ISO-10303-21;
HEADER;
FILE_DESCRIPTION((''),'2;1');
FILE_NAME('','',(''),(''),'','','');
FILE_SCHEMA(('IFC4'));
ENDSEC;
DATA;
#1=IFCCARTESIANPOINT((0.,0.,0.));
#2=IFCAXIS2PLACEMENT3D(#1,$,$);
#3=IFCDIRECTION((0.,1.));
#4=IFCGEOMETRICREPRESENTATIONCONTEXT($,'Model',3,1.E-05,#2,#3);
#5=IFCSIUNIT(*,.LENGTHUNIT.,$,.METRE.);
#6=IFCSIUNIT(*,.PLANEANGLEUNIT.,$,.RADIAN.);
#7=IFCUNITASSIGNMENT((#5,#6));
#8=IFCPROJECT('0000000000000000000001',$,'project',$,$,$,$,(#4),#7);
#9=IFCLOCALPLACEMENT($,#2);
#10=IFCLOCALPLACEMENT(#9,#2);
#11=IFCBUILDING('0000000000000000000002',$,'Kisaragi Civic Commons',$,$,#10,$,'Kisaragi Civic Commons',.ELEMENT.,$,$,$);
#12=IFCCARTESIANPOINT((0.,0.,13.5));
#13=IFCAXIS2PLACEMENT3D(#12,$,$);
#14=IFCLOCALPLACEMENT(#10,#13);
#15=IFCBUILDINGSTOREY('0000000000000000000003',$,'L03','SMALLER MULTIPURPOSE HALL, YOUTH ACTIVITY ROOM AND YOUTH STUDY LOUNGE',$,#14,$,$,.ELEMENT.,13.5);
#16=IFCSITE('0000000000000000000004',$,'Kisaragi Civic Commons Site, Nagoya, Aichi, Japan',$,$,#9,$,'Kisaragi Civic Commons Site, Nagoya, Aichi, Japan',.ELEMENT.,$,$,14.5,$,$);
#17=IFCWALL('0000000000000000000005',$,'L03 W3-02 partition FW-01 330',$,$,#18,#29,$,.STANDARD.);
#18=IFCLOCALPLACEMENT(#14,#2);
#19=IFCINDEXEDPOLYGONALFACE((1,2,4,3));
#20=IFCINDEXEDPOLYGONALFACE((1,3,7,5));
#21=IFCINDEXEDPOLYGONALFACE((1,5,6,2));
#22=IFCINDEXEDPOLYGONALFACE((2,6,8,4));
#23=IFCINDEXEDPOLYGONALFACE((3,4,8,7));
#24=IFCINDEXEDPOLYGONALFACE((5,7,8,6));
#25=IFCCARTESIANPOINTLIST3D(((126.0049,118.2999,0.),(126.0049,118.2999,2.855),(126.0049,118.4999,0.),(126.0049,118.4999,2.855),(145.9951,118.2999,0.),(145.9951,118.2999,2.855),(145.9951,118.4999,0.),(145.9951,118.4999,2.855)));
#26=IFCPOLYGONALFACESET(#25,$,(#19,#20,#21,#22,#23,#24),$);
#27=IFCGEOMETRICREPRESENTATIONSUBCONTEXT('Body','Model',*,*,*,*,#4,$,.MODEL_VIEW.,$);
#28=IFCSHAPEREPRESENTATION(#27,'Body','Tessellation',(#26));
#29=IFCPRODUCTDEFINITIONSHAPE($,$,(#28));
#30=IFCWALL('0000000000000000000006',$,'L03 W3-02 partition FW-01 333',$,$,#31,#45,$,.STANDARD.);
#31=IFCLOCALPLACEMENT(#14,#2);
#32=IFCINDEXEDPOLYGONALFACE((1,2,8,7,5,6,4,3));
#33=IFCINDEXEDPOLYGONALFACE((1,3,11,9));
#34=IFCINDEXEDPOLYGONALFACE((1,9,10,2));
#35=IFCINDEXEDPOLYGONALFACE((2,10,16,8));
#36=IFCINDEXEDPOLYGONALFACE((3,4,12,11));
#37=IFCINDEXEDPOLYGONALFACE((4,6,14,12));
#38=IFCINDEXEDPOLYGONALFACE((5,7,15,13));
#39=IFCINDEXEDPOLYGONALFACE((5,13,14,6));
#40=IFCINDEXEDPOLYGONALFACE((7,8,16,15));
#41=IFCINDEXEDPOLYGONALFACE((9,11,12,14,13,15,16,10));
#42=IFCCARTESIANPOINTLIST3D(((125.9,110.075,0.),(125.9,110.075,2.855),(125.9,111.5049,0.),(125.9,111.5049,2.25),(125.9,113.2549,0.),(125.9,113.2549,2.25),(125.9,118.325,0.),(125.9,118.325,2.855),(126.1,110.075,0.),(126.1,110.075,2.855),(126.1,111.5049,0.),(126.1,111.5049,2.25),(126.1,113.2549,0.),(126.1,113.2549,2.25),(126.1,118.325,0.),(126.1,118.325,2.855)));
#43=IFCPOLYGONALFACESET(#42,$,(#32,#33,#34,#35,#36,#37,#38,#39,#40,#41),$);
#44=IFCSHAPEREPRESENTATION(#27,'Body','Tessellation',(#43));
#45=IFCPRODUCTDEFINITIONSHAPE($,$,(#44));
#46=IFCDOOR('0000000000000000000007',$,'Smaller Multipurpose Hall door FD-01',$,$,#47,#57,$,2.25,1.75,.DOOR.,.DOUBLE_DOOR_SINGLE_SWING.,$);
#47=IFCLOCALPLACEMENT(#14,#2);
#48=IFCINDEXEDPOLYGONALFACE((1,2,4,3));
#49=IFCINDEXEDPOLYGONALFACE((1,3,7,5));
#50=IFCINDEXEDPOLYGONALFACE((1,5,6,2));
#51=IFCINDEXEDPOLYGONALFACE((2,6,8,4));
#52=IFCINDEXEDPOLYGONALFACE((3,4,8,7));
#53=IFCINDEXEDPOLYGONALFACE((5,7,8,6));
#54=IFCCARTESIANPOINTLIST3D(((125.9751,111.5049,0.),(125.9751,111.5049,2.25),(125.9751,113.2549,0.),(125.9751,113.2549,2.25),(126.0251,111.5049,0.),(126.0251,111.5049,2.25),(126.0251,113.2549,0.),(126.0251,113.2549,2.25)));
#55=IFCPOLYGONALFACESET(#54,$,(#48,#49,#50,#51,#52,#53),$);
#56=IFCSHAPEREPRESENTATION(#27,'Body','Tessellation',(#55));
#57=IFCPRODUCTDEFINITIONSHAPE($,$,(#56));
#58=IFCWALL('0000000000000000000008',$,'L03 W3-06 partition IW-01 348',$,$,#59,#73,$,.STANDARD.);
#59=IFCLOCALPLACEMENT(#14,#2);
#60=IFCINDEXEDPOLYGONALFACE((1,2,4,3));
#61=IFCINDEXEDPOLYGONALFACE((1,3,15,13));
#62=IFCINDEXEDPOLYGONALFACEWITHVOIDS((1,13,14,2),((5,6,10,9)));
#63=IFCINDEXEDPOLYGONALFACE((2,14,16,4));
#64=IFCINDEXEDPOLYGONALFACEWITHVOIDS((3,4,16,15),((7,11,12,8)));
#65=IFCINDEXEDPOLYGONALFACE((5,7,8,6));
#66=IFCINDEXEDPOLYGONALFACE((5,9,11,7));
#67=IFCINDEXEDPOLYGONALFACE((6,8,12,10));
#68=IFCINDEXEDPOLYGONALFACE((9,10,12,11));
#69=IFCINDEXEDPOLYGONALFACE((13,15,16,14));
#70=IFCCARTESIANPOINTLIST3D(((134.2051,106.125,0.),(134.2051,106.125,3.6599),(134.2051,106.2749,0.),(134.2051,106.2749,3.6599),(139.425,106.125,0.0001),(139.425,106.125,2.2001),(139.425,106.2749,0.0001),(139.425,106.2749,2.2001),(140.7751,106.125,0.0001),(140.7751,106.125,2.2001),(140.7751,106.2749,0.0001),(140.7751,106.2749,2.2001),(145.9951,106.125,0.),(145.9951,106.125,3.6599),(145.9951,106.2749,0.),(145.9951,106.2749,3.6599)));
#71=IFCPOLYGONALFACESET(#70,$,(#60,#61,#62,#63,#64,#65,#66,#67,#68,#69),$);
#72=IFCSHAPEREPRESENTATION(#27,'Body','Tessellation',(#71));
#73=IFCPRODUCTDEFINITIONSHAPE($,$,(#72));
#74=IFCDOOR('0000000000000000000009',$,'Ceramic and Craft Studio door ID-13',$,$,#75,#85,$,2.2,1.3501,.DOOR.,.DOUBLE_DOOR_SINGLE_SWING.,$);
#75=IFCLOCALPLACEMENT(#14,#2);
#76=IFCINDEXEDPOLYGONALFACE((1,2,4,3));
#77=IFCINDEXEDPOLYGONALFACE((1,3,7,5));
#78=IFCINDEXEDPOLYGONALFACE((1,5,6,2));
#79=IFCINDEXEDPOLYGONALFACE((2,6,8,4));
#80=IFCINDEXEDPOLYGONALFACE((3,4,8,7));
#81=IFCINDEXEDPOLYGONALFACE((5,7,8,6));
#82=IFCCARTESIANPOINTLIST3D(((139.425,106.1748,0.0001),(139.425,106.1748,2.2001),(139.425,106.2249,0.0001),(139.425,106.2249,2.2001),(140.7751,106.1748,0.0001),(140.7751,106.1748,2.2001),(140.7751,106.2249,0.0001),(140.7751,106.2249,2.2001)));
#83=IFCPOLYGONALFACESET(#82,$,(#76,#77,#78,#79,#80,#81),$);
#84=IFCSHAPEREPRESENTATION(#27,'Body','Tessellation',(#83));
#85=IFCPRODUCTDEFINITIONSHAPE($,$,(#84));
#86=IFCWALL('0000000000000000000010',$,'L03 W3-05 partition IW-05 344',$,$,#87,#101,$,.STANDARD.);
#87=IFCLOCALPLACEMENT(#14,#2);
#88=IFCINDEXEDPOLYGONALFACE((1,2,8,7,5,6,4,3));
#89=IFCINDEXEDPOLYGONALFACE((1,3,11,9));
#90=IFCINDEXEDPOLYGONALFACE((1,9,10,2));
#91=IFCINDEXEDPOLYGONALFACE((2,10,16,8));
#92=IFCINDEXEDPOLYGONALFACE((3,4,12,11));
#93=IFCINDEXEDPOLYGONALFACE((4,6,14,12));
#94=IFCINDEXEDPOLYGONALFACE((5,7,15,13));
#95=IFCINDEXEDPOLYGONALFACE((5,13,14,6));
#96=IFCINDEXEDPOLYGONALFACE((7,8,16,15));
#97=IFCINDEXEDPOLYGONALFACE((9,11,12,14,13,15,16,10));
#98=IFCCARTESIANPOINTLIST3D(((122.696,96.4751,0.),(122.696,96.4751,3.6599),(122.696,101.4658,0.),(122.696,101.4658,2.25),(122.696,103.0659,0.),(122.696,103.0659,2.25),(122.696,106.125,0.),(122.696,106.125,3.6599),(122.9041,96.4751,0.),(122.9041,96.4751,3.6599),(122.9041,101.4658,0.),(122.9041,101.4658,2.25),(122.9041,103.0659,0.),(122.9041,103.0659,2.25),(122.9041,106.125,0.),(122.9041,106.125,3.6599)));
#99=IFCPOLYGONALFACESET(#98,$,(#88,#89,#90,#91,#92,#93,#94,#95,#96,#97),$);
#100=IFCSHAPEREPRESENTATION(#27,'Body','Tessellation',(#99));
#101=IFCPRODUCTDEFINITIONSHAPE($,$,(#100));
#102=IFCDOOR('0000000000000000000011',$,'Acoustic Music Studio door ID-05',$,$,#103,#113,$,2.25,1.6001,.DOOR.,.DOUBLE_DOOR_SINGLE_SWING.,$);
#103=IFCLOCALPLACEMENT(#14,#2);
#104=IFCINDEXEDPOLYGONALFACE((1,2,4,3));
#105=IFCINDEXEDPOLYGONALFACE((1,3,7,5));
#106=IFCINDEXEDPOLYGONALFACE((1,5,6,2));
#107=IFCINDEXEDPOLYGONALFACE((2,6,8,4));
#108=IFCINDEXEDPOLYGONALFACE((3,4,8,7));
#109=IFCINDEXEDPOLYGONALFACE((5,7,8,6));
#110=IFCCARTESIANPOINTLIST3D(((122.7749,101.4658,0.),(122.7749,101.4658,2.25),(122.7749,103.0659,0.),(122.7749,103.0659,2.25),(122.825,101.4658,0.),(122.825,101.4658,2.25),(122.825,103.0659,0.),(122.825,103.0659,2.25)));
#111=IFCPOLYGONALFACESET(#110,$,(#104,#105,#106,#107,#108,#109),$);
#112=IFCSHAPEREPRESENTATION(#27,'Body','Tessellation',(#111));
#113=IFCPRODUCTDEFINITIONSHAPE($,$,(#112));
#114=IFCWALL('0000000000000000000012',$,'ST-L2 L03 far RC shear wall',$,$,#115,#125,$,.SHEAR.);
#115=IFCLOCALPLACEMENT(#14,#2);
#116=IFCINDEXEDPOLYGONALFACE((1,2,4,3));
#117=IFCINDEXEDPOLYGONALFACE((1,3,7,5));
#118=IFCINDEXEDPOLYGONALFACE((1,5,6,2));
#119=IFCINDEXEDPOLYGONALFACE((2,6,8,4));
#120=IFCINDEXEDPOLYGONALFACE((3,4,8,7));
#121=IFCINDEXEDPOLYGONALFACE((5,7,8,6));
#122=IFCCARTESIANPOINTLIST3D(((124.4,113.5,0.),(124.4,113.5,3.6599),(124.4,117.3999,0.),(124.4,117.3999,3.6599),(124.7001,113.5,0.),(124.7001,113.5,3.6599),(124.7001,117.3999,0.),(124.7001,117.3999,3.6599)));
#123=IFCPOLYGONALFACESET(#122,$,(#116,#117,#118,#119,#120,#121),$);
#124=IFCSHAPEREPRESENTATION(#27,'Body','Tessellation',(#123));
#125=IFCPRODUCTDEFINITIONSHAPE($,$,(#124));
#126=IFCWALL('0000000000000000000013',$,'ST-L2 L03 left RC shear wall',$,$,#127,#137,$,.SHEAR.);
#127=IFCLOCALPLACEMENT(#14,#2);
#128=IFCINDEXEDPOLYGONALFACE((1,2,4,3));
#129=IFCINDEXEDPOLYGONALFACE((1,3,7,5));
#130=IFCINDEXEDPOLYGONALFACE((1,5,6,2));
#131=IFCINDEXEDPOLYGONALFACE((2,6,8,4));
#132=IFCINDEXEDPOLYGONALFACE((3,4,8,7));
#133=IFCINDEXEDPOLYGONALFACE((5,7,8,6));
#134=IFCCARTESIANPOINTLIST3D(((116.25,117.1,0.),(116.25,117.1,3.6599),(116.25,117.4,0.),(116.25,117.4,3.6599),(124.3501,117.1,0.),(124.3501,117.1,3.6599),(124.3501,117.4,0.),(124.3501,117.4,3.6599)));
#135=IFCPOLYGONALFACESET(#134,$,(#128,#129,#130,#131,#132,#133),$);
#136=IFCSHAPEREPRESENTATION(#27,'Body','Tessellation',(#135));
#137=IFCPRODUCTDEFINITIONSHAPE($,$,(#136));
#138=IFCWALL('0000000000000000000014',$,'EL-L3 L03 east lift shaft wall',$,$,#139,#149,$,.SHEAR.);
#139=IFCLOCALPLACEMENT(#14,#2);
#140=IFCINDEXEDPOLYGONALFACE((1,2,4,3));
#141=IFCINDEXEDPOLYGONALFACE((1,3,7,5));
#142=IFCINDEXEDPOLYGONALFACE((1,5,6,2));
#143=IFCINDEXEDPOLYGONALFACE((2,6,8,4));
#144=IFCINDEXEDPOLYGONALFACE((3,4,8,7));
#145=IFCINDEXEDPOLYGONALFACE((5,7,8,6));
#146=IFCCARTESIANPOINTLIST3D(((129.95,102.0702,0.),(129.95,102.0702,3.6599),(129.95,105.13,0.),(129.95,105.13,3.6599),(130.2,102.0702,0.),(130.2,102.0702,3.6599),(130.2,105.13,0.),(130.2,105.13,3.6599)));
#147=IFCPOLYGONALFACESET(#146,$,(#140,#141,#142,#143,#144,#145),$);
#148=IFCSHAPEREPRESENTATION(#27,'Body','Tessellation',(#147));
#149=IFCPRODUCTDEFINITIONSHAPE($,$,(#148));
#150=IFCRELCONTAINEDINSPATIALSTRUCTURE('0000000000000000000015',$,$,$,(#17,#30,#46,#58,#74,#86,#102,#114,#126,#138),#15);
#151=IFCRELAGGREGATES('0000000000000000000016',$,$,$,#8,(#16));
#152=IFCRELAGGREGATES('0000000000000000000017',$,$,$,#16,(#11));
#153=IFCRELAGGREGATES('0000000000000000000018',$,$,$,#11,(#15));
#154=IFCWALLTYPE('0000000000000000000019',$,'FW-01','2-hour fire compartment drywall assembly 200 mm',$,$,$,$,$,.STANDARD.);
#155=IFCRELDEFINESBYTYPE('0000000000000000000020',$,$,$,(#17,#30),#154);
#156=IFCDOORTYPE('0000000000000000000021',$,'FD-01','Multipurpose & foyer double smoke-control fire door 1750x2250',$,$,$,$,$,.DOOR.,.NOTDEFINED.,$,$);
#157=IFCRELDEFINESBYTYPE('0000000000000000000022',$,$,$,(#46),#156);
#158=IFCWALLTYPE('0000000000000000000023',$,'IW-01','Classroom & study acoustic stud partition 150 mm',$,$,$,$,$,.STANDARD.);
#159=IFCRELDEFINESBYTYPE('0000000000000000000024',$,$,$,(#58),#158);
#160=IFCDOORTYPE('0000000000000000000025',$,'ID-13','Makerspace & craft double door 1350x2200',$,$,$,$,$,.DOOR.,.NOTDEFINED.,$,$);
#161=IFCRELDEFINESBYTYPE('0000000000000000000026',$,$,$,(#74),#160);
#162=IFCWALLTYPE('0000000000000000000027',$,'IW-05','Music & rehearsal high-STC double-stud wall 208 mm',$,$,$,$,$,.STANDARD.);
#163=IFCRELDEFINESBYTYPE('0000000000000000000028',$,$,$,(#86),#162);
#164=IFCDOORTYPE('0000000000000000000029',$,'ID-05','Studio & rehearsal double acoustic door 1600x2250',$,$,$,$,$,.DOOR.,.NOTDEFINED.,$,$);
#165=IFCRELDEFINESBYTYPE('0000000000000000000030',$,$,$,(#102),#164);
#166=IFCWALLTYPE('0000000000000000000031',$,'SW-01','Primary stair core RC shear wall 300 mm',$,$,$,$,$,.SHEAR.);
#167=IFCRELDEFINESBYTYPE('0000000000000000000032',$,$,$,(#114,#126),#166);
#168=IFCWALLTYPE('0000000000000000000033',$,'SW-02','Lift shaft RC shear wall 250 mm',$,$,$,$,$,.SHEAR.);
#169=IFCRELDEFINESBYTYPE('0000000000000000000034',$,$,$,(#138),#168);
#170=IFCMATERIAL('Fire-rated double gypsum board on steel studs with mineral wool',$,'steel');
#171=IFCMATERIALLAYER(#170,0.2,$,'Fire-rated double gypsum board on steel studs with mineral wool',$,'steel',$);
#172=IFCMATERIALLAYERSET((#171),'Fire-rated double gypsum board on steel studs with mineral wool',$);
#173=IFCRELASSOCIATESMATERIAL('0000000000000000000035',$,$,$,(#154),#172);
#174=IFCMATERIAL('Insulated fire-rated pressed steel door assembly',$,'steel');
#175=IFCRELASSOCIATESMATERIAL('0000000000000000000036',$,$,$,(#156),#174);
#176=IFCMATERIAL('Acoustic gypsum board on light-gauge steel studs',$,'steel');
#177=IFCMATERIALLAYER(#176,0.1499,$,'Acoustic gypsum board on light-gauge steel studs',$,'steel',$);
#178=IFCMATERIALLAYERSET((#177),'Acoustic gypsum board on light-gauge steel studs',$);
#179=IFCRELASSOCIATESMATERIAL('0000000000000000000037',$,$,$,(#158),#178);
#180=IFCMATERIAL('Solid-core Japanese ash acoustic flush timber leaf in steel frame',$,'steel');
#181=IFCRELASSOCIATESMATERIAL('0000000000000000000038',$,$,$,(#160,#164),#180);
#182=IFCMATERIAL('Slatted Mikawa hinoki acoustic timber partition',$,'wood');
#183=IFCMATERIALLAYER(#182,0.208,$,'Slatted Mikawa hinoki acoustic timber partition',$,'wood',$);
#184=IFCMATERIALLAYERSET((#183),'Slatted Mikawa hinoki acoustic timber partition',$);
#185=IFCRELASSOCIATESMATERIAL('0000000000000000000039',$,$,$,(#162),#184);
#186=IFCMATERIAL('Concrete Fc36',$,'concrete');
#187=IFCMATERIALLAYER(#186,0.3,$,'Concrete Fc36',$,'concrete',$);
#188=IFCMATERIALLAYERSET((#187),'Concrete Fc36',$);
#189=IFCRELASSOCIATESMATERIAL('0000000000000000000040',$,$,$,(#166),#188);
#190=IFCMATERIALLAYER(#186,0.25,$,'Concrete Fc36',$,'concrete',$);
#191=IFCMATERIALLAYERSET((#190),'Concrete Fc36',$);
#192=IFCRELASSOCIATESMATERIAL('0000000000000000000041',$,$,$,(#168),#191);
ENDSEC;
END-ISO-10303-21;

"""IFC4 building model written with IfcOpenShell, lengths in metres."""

from ifc_helpers import new_model, si_unit, direction, frame, frame_2d, origin, place, context, subcontext, project, spatial, rectangle, extrude, material, layer, layer_set, type_object, element, fill, save


model = new_model("IFC4")

# Units and contexts
model_context = context("Model", 3, precision=1e-05, world=origin(), true_north=direction((0.0, 1.0)))
body_context = subcontext(model_context, "Body", "Model", "MODEL_VIEW")
ifc_project = project(units=[si_unit("LENGTHUNIT", "METRE"), si_unit("PLANEANGLEUNIT", "RADIAN")], contexts=[model_context])

# Site, building, storey
site_placement = place(None, origin())
site = spatial("IfcSite", under=ifc_project, at=site_placement, Name="Kisaragi Civic Commons Site, Nagoya, Aichi, Japan", LongName="Kisaragi Civic Commons Site, Nagoya, Aichi, Japan", CompositionType="ELEMENT", RefElevation=14.5)
building_placement = place(site_placement, origin())
building = spatial("IfcBuilding", under=site, at=building_placement, Name="Kisaragi Civic Commons", LongName="Kisaragi Civic Commons", CompositionType="ELEMENT")
storey_placement = place(building_placement, frame((0.0, 0.0, 13.5)))
storey = spatial("IfcBuildingStorey", under=building, at=storey_placement, Name="L03", Description="SMALLER MULTIPURPOSE HALL, YOUTH ACTIVITY ROOM AND YOUTH STUDY LOUNGE", CompositionType="ELEMENT", Elevation=13.5)

# Shared definitions
ifc_material_1 = material(Name="Concrete Fc36", Category="concrete")

# Wall
ifc_material_2 = material(Name="Fire-rated double gypsum board on steel studs with mineral wool", Category="steel")
ifc_layer_1 = layer(ifc_material_2, 0.2, Name="Fire-rated double gypsum board on steel studs with mineral wool", Category="steel")
ifc_layer_set_1 = layer_set([ifc_layer_1], Name="Fire-rated double gypsum board on steel studs with mineral wool")
wall_type_1 = type_object("IfcWallType", Name="FW-01", Description="2-hour fire compartment drywall assembly 200 mm", PredefinedType="STANDARD", material=ifc_layer_set_1)
wall_1_placement = place(storey_placement, frame((126.0049, 118.3999, 0.0), z_axis=(0.0, 0.0, 1.0), x_axis=(1.0, 0.0, 0.0)))
element("IfcWall", 1, at=wall_1_placement, inside=storey, type_object=wall_type_1, Name="L03 W3-02 partition FW-01 330", PredefinedType="STANDARD", context=body_context, shape_type="SweptSolid", body=[
    extrude(rectangle(XDim=19.9902, YDim=0.2, at=frame_2d((9.9951, 0.0))), origin(), (0.0, 0.0, 1.0), 2.855),
])

# Walls, openings, doors
wall_2_placement = place(storey_placement, frame((126.0, 110.075, 0.0), z_axis=(0.0, 0.0, 1.0), x_axis=(0.0, 1.0, 0.0)))
wall_2 = element("IfcWall", 2, at=wall_2_placement, inside=storey, type_object=wall_type_1, Name="L03 W3-02 partition FW-01 333", PredefinedType="STANDARD", context=body_context, shape_type="SweptSolid", body=[
    extrude(rectangle(XDim=8.25, YDim=0.2, at=frame_2d((4.125, 0.0))), origin(), (0.0, 0.0, 1.0), 2.855),
])
opening_1_placement = place(wall_2_placement, frame((1.4299, 0.0, 0.0)))
opening_1 = element("IfcOpeningElement", 3, at=opening_1_placement, cuts=wall_2, PredefinedType="OPENING", context=body_context, shape_type="SweptSolid", body=[
    extrude(rectangle(XDim=1.75, YDim=2.25, at=frame_2d((0.875, 1.125))), frame((0.0, 0.1099, 0.0), z_axis=(0.0, -1.0, 0.0), x_axis=(1.0, 0.0, 0.0)), (0.0, 0.0, 1.0), 0.22),
])
ifc_material_3 = material(Name="Insulated fire-rated pressed steel door assembly", Category="steel")
door_type_1 = type_object("IfcDoorType", Name="FD-01", Description="Multipurpose & foyer double smoke-control fire door 1750x2250", OperationType="NOTDEFINED", PredefinedType="DOOR", material=ifc_material_3)
door_1_placement = place(opening_1_placement, origin())
door_1 = element("IfcDoor", 4, at=door_1_placement, inside=storey, type_object=door_type_1, Name="Smaller Multipurpose Hall door FD-01", OperationType="DOUBLE_DOOR_SINGLE_SWING", OverallHeight=2.25, OverallWidth=1.75, PredefinedType="DOOR", context=body_context, shape_type="SweptSolid", body=[
    extrude(rectangle(XDim=1.75, YDim=2.25, at=frame_2d((0.875, 1.125))), frame((0.0, 0.0249, 0.0), z_axis=(0.0, -1.0, 0.0), x_axis=(1.0, 0.0, 0.0)), (0.0, 0.0, 1.0), 0.05),
])
fill(opening_1, door_1)
ifc_material_4 = material(Name="Acoustic gypsum board on light-gauge steel studs", Category="steel")
ifc_layer_2 = layer(ifc_material_4, 0.1499, Name="Acoustic gypsum board on light-gauge steel studs", Category="steel")
ifc_layer_set_2 = layer_set([ifc_layer_2], Name="Acoustic gypsum board on light-gauge steel studs")
wall_type_2 = type_object("IfcWallType", Name="IW-01", Description="Classroom & study acoustic stud partition 150 mm", PredefinedType="STANDARD", material=ifc_layer_set_2)
wall_3_placement = place(storey_placement, frame((134.2051, 106.2, 0.0), z_axis=(0.0, 0.0, 1.0), x_axis=(1.0, 0.0, 0.0)))
wall_3 = element("IfcWall", 5, at=wall_3_placement, inside=storey, type_object=wall_type_2, Name="L03 W3-06 partition IW-01 348", PredefinedType="STANDARD", context=body_context, shape_type="SweptSolid", body=[
    extrude(rectangle(XDim=11.79, YDim=0.1499, at=frame_2d((5.895, 0.0))), origin(), (0.0, 0.0, 1.0), 3.6599),
])
opening_2_placement = place(wall_3_placement, frame((5.22, 0.0, 0.0)))
opening_2 = element("IfcOpeningElement", 6, at=opening_2_placement, cuts=wall_3, PredefinedType="OPENING", context=body_context, shape_type="SweptSolid", body=[
    extrude(rectangle(XDim=1.3501, YDim=2.2, at=frame_2d((0.675, 1.1001))), frame((0.0, 0.085, 0.0), z_axis=(0.0, -1.0, 0.0), x_axis=(1.0, 0.0, 0.0)), (0.0, 0.0, 1.0), 0.1699),
])
ifc_material_5 = material(Name="Solid-core Japanese ash acoustic flush timber leaf in steel frame", Category="steel")
door_type_2 = type_object("IfcDoorType", Name="ID-13", Description="Makerspace & craft double door 1350x2200", OperationType="NOTDEFINED", PredefinedType="DOOR", material=ifc_material_5)
door_2_placement = place(opening_2_placement, origin())
door_2 = element("IfcDoor", 7, at=door_2_placement, inside=storey, type_object=door_type_2, Name="Ceramic and Craft Studio door ID-13", OperationType="DOUBLE_DOOR_SINGLE_SWING", OverallHeight=2.2, OverallWidth=1.3501, PredefinedType="DOOR", context=body_context, shape_type="SweptSolid", body=[
    extrude(rectangle(XDim=1.3501, YDim=2.2, at=frame_2d((0.675, 1.1001))), frame((0.0, 0.0249, 0.0), z_axis=(0.0, -1.0, 0.0), x_axis=(1.0, 0.0, 0.0)), (0.0, 0.0, 1.0), 0.05),
])
fill(opening_2, door_2)
ifc_material_6 = material(Name="Slatted Mikawa hinoki acoustic timber partition", Category="wood")
ifc_layer_3 = layer(ifc_material_6, 0.208, Name="Slatted Mikawa hinoki acoustic timber partition", Category="wood")
ifc_layer_set_3 = layer_set([ifc_layer_3], Name="Slatted Mikawa hinoki acoustic timber partition")
wall_type_3 = type_object("IfcWallType", Name="IW-05", Description="Music & rehearsal high-STC double-stud wall 208 mm", PredefinedType="STANDARD", material=ifc_layer_set_3)
wall_4_placement = place(storey_placement, frame((122.8, 106.125, 0.0), z_axis=(0.0, 0.0, 1.0), x_axis=(0.0, -1.0, 0.0)))
wall_4 = element("IfcWall", 8, at=wall_4_placement, inside=storey, type_object=wall_type_3, Name="L03 W3-05 partition IW-05 344", PredefinedType="STANDARD", context=body_context, shape_type="SweptSolid", body=[
    extrude(rectangle(XDim=9.6499, YDim=0.208, at=frame_2d((4.825, 0.0))), origin(), (0.0, 0.0, 1.0), 3.6599),
])
opening_3_placement = place(wall_4_placement, frame((3.0591, 0.0, 0.0)))
opening_3 = element("IfcOpeningElement", 9, at=opening_3_placement, cuts=wall_4, PredefinedType="OPENING", context=body_context, shape_type="SweptSolid", body=[
    extrude(rectangle(XDim=1.6001, YDim=2.25, at=frame_2d((0.8, 1.125))), frame((0.0, 0.114, 0.0), z_axis=(0.0, -1.0, 0.0), x_axis=(1.0, 0.0, 0.0)), (0.0, 0.0, 1.0), 0.228),
])
door_type_3 = type_object("IfcDoorType", Name="ID-05", Description="Studio & rehearsal double acoustic door 1600x2250", OperationType="NOTDEFINED", PredefinedType="DOOR", material=ifc_material_5)
door_3_placement = place(opening_3_placement, origin())
door_3 = element("IfcDoor", 10, at=door_3_placement, inside=storey, type_object=door_type_3, Name="Acoustic Music Studio door ID-05", OperationType="DOUBLE_DOOR_SINGLE_SWING", OverallHeight=2.25, OverallWidth=1.6001, PredefinedType="DOOR", context=body_context, shape_type="SweptSolid", body=[
    extrude(rectangle(XDim=1.6001, YDim=2.25, at=frame_2d((0.8, 1.125))), frame((0.0, 0.0249, 0.0), z_axis=(0.0, -1.0, 0.0), x_axis=(1.0, 0.0, 0.0)), (0.0, 0.0, 1.0), 0.05),
])
fill(opening_3, door_3)

# Walls
ifc_layer_4 = layer(ifc_material_1, 0.3, Name="Concrete Fc36", Category="concrete")
ifc_layer_set_4 = layer_set([ifc_layer_4], Name="Concrete Fc36")
wall_type_4 = type_object("IfcWallType", Name="SW-01", Description="Primary stair core RC shear wall 300 mm", PredefinedType="SHEAR", material=ifc_layer_set_4)
wall_5_placement = place(storey_placement, frame((124.55, 113.5, 0.0), z_axis=(0.0, 0.0, 1.0), x_axis=(0.0, 1.0, 0.0)))
element("IfcWall", 11, at=wall_5_placement, inside=storey, type_object=wall_type_4, Name="ST-L2 L03 far RC shear wall", PredefinedType="SHEAR", context=body_context, shape_type="SweptSolid", body=[
    extrude(rectangle(XDim=3.8999, YDim=0.3, at=frame_2d((1.95, 0.0))), origin(), (0.0, 0.0, 1.0), 3.6599),
])
wall_6_placement = place(storey_placement, frame((124.3501, 117.25, 0.0), z_axis=(0.0, 0.0, 1.0), x_axis=(-1.0, 0.0, 0.0)))
element("IfcWall", 12, at=wall_6_placement, inside=storey, type_object=wall_type_4, Name="ST-L2 L03 left RC shear wall", PredefinedType="SHEAR", context=body_context, shape_type="SweptSolid", body=[
    extrude(rectangle(XDim=8.1001, YDim=0.3, at=frame_2d((4.05, 0.0))), origin(), (0.0, 0.0, 1.0), 3.6599),
])

# Shared definitions
ifc_layer_5 = layer(ifc_material_1, 0.25, Name="Concrete Fc36", Category="concrete")
ifc_layer_set_5 = layer_set([ifc_layer_5], Name="Concrete Fc36")
wall_type_5 = type_object("IfcWallType", Name="SW-02", Description="Lift shaft RC shear wall 250 mm", PredefinedType="SHEAR", material=ifc_layer_set_5)

# Wall
wall_7_placement = place(storey_placement, frame((130.075, 105.1299, 0.0), z_axis=(0.0, 0.0, 1.0), x_axis=(0.0, -1.0, 0.0)))
element("IfcWall", 13, at=wall_7_placement, inside=storey, type_object=wall_type_5, Name="EL-L3 L03 east lift shaft wall", PredefinedType="SHEAR", context=body_context, shape_type="SweptSolid", body=[
    extrude(rectangle(XDim=3.0598, YDim=0.25, at=frame_2d((1.5298, 0.0))), origin(), (0.0, 0.0, 1.0), 3.6599),
])

save(model, "model.ifc")
